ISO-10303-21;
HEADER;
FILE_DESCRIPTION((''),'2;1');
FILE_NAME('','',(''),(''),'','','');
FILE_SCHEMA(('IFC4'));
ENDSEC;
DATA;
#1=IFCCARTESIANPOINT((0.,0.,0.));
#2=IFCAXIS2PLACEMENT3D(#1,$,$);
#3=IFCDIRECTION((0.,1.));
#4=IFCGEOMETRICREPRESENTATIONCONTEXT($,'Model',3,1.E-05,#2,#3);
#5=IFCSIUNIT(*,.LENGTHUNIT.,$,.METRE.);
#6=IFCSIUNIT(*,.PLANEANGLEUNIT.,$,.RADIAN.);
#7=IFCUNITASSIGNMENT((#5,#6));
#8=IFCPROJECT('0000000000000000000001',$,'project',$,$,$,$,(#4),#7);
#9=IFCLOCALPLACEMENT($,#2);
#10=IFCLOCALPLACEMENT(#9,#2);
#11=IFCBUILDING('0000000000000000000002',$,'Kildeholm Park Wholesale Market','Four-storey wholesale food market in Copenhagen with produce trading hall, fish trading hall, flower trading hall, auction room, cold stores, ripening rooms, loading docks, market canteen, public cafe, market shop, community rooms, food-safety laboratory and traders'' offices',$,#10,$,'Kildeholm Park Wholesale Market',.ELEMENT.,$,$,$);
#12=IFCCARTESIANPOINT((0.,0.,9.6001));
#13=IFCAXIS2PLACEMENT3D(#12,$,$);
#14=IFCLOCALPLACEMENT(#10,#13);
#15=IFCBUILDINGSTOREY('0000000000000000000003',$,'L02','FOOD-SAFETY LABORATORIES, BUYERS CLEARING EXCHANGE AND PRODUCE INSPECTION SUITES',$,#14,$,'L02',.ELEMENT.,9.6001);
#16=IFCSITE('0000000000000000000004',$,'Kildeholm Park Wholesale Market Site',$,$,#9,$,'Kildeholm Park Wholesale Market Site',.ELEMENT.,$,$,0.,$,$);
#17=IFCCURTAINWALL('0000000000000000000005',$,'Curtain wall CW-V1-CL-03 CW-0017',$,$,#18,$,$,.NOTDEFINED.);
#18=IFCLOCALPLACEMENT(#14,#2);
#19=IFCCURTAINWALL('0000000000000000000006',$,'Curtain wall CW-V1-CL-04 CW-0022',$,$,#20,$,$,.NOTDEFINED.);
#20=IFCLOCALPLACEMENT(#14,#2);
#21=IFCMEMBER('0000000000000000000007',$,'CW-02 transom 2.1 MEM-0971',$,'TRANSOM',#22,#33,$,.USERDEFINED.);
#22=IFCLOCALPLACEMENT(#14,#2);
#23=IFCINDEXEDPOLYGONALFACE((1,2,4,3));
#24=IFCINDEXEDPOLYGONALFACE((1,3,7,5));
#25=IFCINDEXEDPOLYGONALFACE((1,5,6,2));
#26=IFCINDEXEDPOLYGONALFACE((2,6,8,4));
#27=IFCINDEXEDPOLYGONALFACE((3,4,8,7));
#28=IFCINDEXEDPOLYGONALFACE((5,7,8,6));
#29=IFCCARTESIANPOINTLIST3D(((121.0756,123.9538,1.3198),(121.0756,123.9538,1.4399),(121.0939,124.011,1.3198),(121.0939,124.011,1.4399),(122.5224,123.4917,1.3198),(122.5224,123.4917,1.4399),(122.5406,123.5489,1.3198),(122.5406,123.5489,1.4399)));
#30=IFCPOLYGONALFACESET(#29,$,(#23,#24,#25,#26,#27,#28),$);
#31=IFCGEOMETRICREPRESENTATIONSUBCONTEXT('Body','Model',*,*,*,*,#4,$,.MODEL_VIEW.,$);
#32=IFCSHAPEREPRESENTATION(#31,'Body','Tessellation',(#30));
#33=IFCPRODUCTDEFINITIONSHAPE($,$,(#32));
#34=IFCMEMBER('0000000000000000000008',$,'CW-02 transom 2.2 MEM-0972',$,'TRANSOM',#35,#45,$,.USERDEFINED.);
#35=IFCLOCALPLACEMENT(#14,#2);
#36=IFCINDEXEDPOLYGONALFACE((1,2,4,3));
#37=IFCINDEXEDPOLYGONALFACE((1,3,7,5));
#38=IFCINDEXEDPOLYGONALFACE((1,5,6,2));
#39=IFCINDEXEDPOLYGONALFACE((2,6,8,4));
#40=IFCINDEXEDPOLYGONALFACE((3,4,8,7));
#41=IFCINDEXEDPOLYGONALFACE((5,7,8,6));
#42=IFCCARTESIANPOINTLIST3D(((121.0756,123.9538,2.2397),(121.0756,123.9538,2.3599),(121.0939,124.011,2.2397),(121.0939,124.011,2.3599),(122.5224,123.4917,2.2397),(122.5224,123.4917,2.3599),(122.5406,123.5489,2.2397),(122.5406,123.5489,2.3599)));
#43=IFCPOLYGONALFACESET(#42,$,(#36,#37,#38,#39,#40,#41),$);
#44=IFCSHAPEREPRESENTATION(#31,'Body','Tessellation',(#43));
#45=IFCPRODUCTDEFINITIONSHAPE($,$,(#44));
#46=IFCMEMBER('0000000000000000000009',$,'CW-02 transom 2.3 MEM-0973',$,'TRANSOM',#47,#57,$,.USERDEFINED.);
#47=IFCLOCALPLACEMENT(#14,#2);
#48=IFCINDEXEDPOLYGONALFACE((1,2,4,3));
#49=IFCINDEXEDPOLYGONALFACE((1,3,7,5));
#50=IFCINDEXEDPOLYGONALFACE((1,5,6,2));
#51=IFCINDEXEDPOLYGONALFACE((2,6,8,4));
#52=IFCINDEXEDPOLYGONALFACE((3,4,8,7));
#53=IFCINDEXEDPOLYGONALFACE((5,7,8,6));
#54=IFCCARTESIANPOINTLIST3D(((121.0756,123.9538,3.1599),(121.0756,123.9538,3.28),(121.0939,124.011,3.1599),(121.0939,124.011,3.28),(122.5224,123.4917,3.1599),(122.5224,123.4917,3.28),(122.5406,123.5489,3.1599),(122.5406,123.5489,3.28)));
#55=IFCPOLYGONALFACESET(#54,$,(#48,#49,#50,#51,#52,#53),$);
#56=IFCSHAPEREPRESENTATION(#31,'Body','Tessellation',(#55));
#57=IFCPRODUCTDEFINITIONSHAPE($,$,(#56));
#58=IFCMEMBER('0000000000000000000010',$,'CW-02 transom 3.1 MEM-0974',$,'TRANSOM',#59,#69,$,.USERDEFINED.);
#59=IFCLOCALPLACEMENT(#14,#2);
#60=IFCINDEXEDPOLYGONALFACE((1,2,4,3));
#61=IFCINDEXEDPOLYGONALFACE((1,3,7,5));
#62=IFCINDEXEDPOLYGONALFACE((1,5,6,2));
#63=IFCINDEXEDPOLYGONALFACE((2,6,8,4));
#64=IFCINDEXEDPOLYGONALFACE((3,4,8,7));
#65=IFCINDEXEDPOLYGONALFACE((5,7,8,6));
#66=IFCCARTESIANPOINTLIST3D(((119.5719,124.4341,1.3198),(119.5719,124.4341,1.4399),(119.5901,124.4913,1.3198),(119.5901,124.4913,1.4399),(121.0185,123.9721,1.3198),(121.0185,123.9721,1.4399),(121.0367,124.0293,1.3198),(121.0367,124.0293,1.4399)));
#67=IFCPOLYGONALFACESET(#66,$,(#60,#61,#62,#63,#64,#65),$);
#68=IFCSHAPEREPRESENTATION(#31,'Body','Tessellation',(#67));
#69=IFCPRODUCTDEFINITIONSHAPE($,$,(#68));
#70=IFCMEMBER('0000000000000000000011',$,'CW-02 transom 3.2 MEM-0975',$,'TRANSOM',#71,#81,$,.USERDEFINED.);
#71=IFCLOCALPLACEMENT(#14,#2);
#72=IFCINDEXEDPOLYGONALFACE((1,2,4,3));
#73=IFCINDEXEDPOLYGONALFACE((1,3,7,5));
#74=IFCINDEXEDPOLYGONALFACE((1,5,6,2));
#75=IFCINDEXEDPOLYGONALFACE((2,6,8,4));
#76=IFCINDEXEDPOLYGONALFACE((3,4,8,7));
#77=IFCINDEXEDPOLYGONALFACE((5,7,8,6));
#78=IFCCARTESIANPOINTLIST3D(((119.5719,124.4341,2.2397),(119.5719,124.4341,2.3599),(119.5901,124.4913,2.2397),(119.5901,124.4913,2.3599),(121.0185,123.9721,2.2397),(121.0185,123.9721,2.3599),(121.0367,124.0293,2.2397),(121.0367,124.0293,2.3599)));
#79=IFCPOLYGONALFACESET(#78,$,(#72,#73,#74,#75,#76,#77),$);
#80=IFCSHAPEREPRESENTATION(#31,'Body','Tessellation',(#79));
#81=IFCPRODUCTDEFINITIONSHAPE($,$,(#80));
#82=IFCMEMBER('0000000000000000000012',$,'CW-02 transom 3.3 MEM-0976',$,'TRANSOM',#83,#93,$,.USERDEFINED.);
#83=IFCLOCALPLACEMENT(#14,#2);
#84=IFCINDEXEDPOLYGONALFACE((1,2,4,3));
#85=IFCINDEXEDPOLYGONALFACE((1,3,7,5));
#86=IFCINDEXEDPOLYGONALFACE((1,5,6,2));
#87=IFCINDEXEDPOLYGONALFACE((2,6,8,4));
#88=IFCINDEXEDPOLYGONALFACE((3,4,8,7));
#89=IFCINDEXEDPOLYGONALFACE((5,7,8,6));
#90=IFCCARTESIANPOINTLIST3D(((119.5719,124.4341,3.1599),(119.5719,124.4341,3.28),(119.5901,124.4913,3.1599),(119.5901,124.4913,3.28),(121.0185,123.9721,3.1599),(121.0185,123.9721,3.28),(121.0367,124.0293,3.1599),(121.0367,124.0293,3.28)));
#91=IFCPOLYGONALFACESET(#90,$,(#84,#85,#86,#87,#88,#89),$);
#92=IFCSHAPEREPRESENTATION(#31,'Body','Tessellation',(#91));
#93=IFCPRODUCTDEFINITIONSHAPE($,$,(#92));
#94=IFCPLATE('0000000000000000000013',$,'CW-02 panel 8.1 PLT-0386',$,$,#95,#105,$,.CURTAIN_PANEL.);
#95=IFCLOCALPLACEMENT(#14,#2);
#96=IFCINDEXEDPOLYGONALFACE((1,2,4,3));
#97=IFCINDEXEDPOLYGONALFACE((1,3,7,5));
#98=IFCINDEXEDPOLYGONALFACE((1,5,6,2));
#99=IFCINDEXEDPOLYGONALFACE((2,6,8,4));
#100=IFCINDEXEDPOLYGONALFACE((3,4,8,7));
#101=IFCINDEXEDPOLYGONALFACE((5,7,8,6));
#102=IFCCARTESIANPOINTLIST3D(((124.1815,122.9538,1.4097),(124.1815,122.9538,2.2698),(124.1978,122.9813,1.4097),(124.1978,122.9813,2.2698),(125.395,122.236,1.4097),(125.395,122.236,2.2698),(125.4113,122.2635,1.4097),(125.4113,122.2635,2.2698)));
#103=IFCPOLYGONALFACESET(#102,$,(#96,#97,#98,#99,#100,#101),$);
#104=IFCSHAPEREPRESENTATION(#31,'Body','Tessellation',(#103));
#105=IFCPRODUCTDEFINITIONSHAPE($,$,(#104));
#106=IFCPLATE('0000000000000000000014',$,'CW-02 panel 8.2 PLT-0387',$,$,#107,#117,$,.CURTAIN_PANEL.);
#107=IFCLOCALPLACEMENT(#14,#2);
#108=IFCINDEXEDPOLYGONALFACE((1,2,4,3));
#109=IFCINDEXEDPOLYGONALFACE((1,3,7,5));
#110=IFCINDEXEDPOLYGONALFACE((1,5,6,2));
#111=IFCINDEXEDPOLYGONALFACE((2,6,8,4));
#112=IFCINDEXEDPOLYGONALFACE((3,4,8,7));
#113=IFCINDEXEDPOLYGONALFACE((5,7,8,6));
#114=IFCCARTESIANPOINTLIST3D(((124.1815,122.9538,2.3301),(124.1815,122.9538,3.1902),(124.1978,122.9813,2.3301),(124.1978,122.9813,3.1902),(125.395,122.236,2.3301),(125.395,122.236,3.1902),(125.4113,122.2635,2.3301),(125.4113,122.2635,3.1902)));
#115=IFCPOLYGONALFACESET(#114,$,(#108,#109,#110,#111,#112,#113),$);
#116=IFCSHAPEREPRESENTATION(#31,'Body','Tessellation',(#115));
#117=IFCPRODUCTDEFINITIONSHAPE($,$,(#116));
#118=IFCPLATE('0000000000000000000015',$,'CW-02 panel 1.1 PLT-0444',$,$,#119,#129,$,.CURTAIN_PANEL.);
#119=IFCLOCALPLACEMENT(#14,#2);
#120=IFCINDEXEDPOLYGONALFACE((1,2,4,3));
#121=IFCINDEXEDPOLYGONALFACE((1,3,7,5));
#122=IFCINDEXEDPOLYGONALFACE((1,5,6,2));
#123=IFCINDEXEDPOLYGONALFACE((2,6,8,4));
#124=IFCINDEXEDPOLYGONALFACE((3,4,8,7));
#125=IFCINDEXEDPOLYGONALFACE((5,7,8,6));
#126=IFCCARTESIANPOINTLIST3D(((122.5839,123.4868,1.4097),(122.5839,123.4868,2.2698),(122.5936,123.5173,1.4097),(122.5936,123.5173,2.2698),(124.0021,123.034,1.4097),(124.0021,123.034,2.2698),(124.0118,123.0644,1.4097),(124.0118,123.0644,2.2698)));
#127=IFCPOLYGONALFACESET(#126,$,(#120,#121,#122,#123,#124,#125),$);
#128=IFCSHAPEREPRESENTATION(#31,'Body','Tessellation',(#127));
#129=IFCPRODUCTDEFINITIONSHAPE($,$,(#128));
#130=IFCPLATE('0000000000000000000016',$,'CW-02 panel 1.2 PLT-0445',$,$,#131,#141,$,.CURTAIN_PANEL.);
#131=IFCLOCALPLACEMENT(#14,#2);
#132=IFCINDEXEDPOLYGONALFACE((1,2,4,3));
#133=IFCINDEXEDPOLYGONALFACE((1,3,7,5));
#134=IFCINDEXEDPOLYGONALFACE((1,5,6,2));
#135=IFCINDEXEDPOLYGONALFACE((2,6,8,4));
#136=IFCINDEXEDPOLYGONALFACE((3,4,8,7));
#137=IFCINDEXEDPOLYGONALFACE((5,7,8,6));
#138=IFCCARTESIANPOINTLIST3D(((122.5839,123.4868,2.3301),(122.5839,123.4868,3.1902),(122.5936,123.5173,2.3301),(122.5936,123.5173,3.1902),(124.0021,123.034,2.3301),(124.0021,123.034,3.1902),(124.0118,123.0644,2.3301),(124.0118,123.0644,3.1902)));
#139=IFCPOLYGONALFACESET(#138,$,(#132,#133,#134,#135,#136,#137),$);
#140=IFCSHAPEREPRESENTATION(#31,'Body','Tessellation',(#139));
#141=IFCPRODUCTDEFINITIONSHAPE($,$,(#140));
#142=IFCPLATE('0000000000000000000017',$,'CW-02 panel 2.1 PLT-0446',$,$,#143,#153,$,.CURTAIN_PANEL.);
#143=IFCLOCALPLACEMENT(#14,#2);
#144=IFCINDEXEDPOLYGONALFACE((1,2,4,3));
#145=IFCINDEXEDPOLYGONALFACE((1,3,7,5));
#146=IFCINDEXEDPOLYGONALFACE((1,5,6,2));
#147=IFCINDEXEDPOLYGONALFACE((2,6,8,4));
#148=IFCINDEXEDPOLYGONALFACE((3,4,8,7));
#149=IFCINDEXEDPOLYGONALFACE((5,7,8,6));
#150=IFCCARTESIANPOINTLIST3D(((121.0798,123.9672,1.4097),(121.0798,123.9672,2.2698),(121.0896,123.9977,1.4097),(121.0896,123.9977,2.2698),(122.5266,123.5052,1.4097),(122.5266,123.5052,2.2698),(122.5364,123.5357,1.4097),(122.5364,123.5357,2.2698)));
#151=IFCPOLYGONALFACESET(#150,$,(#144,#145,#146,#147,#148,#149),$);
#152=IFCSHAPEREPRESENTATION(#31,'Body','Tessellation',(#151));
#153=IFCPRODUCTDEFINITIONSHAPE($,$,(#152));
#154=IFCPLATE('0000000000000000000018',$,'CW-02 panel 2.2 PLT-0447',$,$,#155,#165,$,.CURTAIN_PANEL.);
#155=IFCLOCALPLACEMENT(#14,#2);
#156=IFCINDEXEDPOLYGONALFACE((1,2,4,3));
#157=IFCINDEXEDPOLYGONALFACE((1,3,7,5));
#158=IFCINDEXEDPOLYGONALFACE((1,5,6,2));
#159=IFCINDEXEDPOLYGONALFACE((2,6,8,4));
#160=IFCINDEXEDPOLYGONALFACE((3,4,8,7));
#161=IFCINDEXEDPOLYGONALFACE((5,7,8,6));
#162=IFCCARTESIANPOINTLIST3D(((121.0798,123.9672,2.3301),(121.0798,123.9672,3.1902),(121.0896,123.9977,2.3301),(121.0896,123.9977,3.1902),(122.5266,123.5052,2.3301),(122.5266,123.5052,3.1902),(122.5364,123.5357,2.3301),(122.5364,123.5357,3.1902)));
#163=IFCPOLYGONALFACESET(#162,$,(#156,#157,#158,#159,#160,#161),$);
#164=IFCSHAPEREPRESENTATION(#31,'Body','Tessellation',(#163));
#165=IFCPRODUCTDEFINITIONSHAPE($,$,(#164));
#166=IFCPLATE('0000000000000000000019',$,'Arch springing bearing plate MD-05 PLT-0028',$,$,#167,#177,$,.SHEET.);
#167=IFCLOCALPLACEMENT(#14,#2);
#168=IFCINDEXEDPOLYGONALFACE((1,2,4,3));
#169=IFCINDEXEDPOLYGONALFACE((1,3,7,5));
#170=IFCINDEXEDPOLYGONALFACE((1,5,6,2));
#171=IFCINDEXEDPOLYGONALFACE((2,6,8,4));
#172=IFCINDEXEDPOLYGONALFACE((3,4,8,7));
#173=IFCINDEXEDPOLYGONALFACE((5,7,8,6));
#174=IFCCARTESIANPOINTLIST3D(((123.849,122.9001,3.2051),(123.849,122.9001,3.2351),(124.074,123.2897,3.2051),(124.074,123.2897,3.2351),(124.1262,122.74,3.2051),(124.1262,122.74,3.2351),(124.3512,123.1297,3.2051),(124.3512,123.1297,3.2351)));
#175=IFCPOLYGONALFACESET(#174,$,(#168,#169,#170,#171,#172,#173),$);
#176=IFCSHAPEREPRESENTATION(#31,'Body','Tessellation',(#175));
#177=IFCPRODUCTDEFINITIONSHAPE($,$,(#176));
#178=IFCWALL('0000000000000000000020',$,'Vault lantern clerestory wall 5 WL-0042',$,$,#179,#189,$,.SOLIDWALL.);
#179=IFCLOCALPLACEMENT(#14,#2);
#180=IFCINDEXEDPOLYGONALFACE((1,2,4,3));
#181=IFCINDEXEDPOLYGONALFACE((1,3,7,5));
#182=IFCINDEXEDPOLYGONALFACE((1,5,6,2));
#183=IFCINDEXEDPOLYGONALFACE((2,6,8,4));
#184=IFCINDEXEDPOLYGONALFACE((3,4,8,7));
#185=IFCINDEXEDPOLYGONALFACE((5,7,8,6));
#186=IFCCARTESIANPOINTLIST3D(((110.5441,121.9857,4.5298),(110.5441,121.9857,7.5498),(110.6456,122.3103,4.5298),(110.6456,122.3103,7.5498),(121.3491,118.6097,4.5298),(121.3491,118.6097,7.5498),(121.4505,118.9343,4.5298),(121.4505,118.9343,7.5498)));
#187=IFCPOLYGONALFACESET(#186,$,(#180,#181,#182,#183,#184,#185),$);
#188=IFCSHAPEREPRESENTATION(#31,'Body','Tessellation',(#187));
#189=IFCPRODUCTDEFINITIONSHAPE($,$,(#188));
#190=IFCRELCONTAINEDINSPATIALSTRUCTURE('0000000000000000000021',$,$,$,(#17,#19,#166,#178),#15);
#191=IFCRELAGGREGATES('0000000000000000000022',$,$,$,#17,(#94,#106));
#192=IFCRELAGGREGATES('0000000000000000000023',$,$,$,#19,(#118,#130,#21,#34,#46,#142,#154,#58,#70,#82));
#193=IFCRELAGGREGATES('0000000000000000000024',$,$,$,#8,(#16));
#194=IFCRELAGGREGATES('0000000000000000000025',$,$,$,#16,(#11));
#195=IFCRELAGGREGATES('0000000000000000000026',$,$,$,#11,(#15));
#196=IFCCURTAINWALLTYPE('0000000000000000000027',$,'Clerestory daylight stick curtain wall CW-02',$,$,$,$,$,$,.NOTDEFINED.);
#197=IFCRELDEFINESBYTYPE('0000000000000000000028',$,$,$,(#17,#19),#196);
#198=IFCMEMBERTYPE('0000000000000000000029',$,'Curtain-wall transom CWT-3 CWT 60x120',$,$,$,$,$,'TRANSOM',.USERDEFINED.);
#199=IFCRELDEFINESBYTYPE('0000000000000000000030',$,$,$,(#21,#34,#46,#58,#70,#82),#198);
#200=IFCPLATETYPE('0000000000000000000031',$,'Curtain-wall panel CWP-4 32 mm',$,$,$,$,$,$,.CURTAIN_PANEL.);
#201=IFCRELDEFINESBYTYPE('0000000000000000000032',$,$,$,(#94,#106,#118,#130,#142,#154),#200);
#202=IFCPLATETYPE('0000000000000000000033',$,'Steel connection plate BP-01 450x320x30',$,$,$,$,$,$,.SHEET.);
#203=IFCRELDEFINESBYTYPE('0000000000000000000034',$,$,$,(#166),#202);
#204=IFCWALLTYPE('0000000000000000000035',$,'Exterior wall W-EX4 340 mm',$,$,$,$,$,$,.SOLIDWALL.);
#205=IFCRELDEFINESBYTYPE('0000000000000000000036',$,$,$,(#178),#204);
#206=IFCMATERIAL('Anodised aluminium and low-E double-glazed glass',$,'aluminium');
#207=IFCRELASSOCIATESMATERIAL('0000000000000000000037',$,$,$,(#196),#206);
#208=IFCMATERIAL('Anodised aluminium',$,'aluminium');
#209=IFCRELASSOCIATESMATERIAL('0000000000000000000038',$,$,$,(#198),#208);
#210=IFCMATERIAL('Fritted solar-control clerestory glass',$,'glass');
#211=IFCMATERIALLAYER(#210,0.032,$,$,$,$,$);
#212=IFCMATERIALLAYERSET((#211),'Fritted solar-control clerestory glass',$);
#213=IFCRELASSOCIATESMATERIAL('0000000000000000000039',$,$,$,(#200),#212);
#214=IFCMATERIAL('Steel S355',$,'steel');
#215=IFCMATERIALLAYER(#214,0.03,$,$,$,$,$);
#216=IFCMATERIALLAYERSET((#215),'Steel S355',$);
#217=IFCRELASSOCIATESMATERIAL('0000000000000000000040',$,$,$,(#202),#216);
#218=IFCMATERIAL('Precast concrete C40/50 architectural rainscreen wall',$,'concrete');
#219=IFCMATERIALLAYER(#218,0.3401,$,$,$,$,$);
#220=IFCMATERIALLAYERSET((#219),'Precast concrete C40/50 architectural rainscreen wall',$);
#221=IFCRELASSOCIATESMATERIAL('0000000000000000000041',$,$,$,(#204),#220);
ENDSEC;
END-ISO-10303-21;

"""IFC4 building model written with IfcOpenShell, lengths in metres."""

from ifc_helpers import new_model, si_unit, direction, frame, frame_2d, origin, origin_2d, place, context, subcontext, project, spatial, rectangle, extrude, material, layer, layer_set, material_profile, profile_set, type_object, element, aggregate, save


model = new_model("IFC4")

# Units and contexts
model_context = context("Model", 3, precision=1e-05, world=origin(), true_north=direction((0.0, 1.0)))
body_context = subcontext(model_context, "Body", "Model", "MODEL_VIEW")
ifc_project = project(units=[si_unit("LENGTHUNIT", "METRE"), si_unit("PLANEANGLEUNIT", "RADIAN")], contexts=[model_context])

# Site, building, storey
site_placement = place(None, origin())
site = spatial("IfcSite", under=ifc_project, at=site_placement, Name="Kildeholm Park Wholesale Market Site", LongName="Kildeholm Park Wholesale Market Site", CompositionType="ELEMENT", RefElevation=0.0)
building_placement = place(site_placement, origin())
building = spatial("IfcBuilding", under=site, at=building_placement, Name="Kildeholm Park Wholesale Market", Description="Four-storey wholesale food market in Copenhagen with produce trading hall, fish trading hall, flower trading hall, auction room, cold stores, ripening rooms, loading docks, market canteen, public cafe, market shop, community rooms, food-safety laboratory and traders' offices", LongName="Kildeholm Park Wholesale Market", CompositionType="ELEMENT")
storey_placement = place(building_placement, frame((0.0, 0.0, 9.6001)))
storey = spatial("IfcBuildingStorey", under=building, at=storey_placement, Name="L02", Description="FOOD-SAFETY LABORATORIES, BUYERS CLEARING EXCHANGE AND PRODUCE INSPECTION SUITES", LongName="L02", CompositionType="ELEMENT", Elevation=9.6001)

# Shared definitions
ifc_material_1 = material(Name="Steel S355", Category="steel")

# Curtain wall
ifc_material_2 = material(Name="Anodised aluminium and low-E double-glazed glass", Category="aluminium")
curtain_wall_type = type_object("IfcCurtainWallType", Name="Clerestory daylight stick curtain wall CW-02", PredefinedType="NOTDEFINED", material=ifc_material_2)
curtain_wall_1_placement = place(storey_placement, origin())
curtain_wall_1 = element("IfcCurtainWall", 1, at=curtain_wall_1_placement, inside=storey, type_object=curtain_wall_type, Name="Curtain wall CW-V1-CL-03 CW-0017", PredefinedType="NOTDEFINED")
ifc_material_3 = material(Name="Anodised aluminium", Category="aluminium")

# Curtain wall
curtain_wall_2_placement = place(storey_placement, origin())
curtain_wall_2 = element("IfcCurtainWall", 2, at=curtain_wall_2_placement, inside=storey, type_object=curtain_wall_type, Name="Curtain wall CW-V1-CL-04 CW-0022", PredefinedType="NOTDEFINED")

# Members
ifc_material_profile_1 = material_profile(ifc_material_3, rectangle(XDim=0.0601, YDim=0.1201, at=origin_2d()), Name="CWT 60x120")
ifc_profile_set_1 = profile_set([ifc_material_profile_1], Name="Anodised aluminium")
member_type_1 = type_object("IfcMemberType", Name="Curtain-wall transom CWT-3 CWT 60x120", ElementType="TRANSOM", PredefinedType="USERDEFINED", material=ifc_profile_set_1)
member_1_placement = place(storey_placement, frame((122.5315, 123.5203, 1.3799), z_axis=(-0.952579, 0.304292, 0.0), x_axis=(-0.304292, -0.952579, 0.0)))
member_1 = element("IfcMember", 3, at=member_1_placement, type_object=member_type_1, Name="CW-02 transom 2.1 MEM-0971", ObjectType="TRANSOM", PredefinedType="USERDEFINED", context=body_context, shape_type="SweptSolid", body=[
    extrude(rectangle(XDim=0.0601, YDim=0.1201, at=origin_2d()), origin(), (0.0, 0.0, 1.0), 1.5188),
])
member_2_placement = place(storey_placement, frame((122.5315, 123.5203, 2.2998), z_axis=(-0.952579, 0.304292, 0.0), x_axis=(-0.304292, -0.952579, 0.0)))
member_2 = element("IfcMember", 4, at=member_2_placement, type_object=member_type_1, Name="CW-02 transom 2.2 MEM-0972", ObjectType="TRANSOM", PredefinedType="USERDEFINED", context=body_context, shape_type="SweptSolid", body=[
    extrude(rectangle(XDim=0.0601, YDim=0.1201, at=origin_2d()), origin(), (0.0, 0.0, 1.0), 1.5188),
])
member_3_placement = place(storey_placement, frame((122.5315, 123.5203, 3.22), z_axis=(-0.952579, 0.304292, 0.0), x_axis=(-0.304292, -0.952579, 0.0)))
member_3 = element("IfcMember", 5, at=member_3_placement, type_object=member_type_1, Name="CW-02 transom 2.3 MEM-0973", ObjectType="TRANSOM", PredefinedType="USERDEFINED", context=body_context, shape_type="SweptSolid", body=[
    extrude(rectangle(XDim=0.0601, YDim=0.1201, at=origin_2d()), origin(), (0.0, 0.0, 1.0), 1.5188),
])
member_4_placement = place(storey_placement, frame((121.0276, 124.0007, 1.3799), z_axis=(-0.952611, 0.304192, 0.0), x_axis=(-0.304192, -0.952611, 0.0)))
member_4 = element("IfcMember", 6, at=member_4_placement, type_object=member_type_1, Name="CW-02 transom 3.1 MEM-0974", ObjectType="TRANSOM", PredefinedType="USERDEFINED", context=body_context, shape_type="SweptSolid", body=[
    extrude(rectangle(XDim=0.0601, YDim=0.1201, at=origin_2d()), origin(), (0.0, 0.0, 1.0), 1.5186),
])
member_5_placement = place(storey_placement, frame((121.0276, 124.0007, 2.2998), z_axis=(-0.952611, 0.304192, 0.0), x_axis=(-0.304192, -0.952611, 0.0)))
member_5 = element("IfcMember", 7, at=member_5_placement, type_object=member_type_1, Name="CW-02 transom 3.2 MEM-0975", ObjectType="TRANSOM", PredefinedType="USERDEFINED", context=body_context, shape_type="SweptSolid", body=[
    extrude(rectangle(XDim=0.0601, YDim=0.1201, at=origin_2d()), origin(), (0.0, 0.0, 1.0), 1.5186),
])
member_6_placement = place(storey_placement, frame((121.0276, 124.0007, 3.22), z_axis=(-0.952611, 0.304192, 0.0), x_axis=(-0.304192, -0.952611, 0.0)))
member_6 = element("IfcMember", 8, at=member_6_placement, type_object=member_type_1, Name="CW-02 transom 3.3 MEM-0976", ObjectType="TRANSOM", PredefinedType="USERDEFINED", context=body_context, shape_type="SweptSolid", body=[
    extrude(rectangle(XDim=0.0601, YDim=0.1201, at=origin_2d()), origin(), (0.0, 0.0, 1.0), 1.5186),
])

# Plates
ifc_material_4 = material(Name="Fritted solar-control clerestory glass", Category="glass")
ifc_layer_1 = layer(ifc_material_4, 0.032)
ifc_layer_set_1 = layer_set([ifc_layer_1], Name="Fritted solar-control clerestory glass")
plate_type_1 = type_object("IfcPlateType", Name="Curtain-wall panel CWP-4 32 mm", PredefinedType="CURTAIN_PANEL", material=ifc_layer_set_1)
plate_1_placement = place(storey_placement, frame((124.7964, 122.6086, 1.4097), z_axis=(0.0, 0.0, 1.0), x_axis=(-0.860704, 0.509105, 0.0)))
plate_1 = element("IfcPlate", 9, at=plate_1_placement, type_object=plate_type_1, Name="CW-02 panel 8.1 PLT-0386", PredefinedType="CURTAIN_PANEL", context=body_context, shape_type="SweptSolid", body=[
    extrude(rectangle(XDim=1.4099, YDim=0.032, at=origin_2d()), origin(), (0.0, 0.0, 1.0), 0.8601),
])
plate_2_placement = place(storey_placement, frame((124.7964, 122.6086, 2.3301), z_axis=(0.0, 0.0, 1.0), x_axis=(-0.860704, 0.509105, 0.0)))
plate_2 = element("IfcPlate", 10, at=plate_2_placement, type_object=plate_type_1, Name="CW-02 panel 8.2 PLT-0387", PredefinedType="CURTAIN_PANEL", context=body_context, shape_type="SweptSolid", body=[
    extrude(rectangle(XDim=1.4099, YDim=0.032, at=origin_2d()), origin(), (0.0, 0.0, 1.0), 0.8601),
])
aggregate(curtain_wall_1, [plate_1, plate_2])
plate_3_placement = place(storey_placement, frame((123.2979, 123.2756, 1.4097), z_axis=(0.0, 0.0, 1.0), x_axis=(-0.952606, 0.304207, 0.0)))
plate_3 = element("IfcPlate", 11, at=plate_3_placement, type_object=plate_type_1, Name="CW-02 panel 1.1 PLT-0444", PredefinedType="CURTAIN_PANEL", context=body_context, shape_type="SweptSolid", body=[
    extrude(rectangle(XDim=1.4888, YDim=0.032, at=origin_2d()), origin(), (0.0, 0.0, 1.0), 0.8601),
])
plate_4_placement = place(storey_placement, frame((123.2979, 123.2756, 2.3301), z_axis=(0.0, 0.0, 1.0), x_axis=(-0.952606, 0.304207, 0.0)))
plate_4 = element("IfcPlate", 12, at=plate_4_placement, type_object=plate_type_1, Name="CW-02 panel 1.2 PLT-0445", PredefinedType="CURTAIN_PANEL", context=body_context, shape_type="SweptSolid", body=[
    extrude(rectangle(XDim=1.4888, YDim=0.032, at=origin_2d()), origin(), (0.0, 0.0, 1.0), 0.8601),
])
plate_5_placement = place(storey_placement, frame((121.8081, 123.7515, 1.4097), z_axis=(0.0, 0.0, 1.0), x_axis=(-0.952606, 0.304207, 0.0)))
plate_5 = element("IfcPlate", 13, at=plate_5_placement, type_object=plate_type_1, Name="CW-02 panel 2.1 PLT-0446", PredefinedType="CURTAIN_PANEL", context=body_context, shape_type="SweptSolid", body=[
    extrude(rectangle(XDim=1.5188, YDim=0.032, at=origin_2d()), origin(), (0.0, 0.0, 1.0), 0.8601),
])
plate_6_placement = place(storey_placement, frame((121.8081, 123.7515, 2.3301), z_axis=(0.0, 0.0, 1.0), x_axis=(-0.952606, 0.304207, 0.0)))
plate_6 = element("IfcPlate", 14, at=plate_6_placement, type_object=plate_type_1, Name="CW-02 panel 2.2 PLT-0447", PredefinedType="CURTAIN_PANEL", context=body_context, shape_type="SweptSolid", body=[
    extrude(rectangle(XDim=1.5188, YDim=0.032, at=origin_2d()), origin(), (0.0, 0.0, 1.0), 0.8601),
])
aggregate(curtain_wall_2, [plate_3, plate_4, member_1, member_2, member_3, plate_5, plate_6, member_4, member_5, member_6])
ifc_layer_2 = layer(ifc_material_1, 0.03)
ifc_layer_set_2 = layer_set([ifc_layer_2], Name="Steel S355")
plate_type_2 = type_object("IfcPlateType", Name="Steel connection plate BP-01 450x320x30", PredefinedType="SHEET", material=ifc_layer_set_2)
plate_7_placement = place(storey_placement, frame((124.1001, 123.0149, 3.2051), z_axis=(0.0, 0.0, 1.0), x_axis=(0.5, 0.866025, 0.0)))
element("IfcPlate", 15, at=plate_7_placement, inside=storey, type_object=plate_type_2, Name="Arch springing bearing plate MD-05 PLT-0028", PredefinedType="SHEET", context=body_context, shape_type="SweptSolid", body=[
    extrude(rectangle(XDim=0.45, YDim=0.3201, at=origin_2d()), origin(), (0.0, 0.0, 1.0), 0.03),
])

# Wall
ifc_material_5 = material(Name="Precast concrete C40/50 architectural rainscreen wall", Category="concrete")
ifc_layer_3 = layer(ifc_material_5, 0.3401)
ifc_layer_set_3 = layer_set([ifc_layer_3], Name="Precast concrete C40/50 architectural rainscreen wall")
wall_type = type_object("IfcWallType", Name="Exterior wall W-EX4 340 mm", PredefinedType="SOLIDWALL", material=ifc_layer_set_3)
wall_placement = place(storey_placement, frame((121.3999, 118.772, 4.5298), z_axis=(0.0, 0.0, 1.0), x_axis=(-0.954494, 0.29823, 0.0)))
element("IfcWall", 16, at=wall_placement, inside=storey, type_object=wall_type, Name="Vault lantern clerestory wall 5 WL-0042", PredefinedType="SOLIDWALL", context=body_context, shape_type="SweptSolid", body=[
    extrude(rectangle(XDim=11.3201, YDim=0.3401, at=frame_2d((5.6602, 0.0))), origin(), (0.0, 0.0, 1.0), 3.02),
])

save(model, "model.ifc")
